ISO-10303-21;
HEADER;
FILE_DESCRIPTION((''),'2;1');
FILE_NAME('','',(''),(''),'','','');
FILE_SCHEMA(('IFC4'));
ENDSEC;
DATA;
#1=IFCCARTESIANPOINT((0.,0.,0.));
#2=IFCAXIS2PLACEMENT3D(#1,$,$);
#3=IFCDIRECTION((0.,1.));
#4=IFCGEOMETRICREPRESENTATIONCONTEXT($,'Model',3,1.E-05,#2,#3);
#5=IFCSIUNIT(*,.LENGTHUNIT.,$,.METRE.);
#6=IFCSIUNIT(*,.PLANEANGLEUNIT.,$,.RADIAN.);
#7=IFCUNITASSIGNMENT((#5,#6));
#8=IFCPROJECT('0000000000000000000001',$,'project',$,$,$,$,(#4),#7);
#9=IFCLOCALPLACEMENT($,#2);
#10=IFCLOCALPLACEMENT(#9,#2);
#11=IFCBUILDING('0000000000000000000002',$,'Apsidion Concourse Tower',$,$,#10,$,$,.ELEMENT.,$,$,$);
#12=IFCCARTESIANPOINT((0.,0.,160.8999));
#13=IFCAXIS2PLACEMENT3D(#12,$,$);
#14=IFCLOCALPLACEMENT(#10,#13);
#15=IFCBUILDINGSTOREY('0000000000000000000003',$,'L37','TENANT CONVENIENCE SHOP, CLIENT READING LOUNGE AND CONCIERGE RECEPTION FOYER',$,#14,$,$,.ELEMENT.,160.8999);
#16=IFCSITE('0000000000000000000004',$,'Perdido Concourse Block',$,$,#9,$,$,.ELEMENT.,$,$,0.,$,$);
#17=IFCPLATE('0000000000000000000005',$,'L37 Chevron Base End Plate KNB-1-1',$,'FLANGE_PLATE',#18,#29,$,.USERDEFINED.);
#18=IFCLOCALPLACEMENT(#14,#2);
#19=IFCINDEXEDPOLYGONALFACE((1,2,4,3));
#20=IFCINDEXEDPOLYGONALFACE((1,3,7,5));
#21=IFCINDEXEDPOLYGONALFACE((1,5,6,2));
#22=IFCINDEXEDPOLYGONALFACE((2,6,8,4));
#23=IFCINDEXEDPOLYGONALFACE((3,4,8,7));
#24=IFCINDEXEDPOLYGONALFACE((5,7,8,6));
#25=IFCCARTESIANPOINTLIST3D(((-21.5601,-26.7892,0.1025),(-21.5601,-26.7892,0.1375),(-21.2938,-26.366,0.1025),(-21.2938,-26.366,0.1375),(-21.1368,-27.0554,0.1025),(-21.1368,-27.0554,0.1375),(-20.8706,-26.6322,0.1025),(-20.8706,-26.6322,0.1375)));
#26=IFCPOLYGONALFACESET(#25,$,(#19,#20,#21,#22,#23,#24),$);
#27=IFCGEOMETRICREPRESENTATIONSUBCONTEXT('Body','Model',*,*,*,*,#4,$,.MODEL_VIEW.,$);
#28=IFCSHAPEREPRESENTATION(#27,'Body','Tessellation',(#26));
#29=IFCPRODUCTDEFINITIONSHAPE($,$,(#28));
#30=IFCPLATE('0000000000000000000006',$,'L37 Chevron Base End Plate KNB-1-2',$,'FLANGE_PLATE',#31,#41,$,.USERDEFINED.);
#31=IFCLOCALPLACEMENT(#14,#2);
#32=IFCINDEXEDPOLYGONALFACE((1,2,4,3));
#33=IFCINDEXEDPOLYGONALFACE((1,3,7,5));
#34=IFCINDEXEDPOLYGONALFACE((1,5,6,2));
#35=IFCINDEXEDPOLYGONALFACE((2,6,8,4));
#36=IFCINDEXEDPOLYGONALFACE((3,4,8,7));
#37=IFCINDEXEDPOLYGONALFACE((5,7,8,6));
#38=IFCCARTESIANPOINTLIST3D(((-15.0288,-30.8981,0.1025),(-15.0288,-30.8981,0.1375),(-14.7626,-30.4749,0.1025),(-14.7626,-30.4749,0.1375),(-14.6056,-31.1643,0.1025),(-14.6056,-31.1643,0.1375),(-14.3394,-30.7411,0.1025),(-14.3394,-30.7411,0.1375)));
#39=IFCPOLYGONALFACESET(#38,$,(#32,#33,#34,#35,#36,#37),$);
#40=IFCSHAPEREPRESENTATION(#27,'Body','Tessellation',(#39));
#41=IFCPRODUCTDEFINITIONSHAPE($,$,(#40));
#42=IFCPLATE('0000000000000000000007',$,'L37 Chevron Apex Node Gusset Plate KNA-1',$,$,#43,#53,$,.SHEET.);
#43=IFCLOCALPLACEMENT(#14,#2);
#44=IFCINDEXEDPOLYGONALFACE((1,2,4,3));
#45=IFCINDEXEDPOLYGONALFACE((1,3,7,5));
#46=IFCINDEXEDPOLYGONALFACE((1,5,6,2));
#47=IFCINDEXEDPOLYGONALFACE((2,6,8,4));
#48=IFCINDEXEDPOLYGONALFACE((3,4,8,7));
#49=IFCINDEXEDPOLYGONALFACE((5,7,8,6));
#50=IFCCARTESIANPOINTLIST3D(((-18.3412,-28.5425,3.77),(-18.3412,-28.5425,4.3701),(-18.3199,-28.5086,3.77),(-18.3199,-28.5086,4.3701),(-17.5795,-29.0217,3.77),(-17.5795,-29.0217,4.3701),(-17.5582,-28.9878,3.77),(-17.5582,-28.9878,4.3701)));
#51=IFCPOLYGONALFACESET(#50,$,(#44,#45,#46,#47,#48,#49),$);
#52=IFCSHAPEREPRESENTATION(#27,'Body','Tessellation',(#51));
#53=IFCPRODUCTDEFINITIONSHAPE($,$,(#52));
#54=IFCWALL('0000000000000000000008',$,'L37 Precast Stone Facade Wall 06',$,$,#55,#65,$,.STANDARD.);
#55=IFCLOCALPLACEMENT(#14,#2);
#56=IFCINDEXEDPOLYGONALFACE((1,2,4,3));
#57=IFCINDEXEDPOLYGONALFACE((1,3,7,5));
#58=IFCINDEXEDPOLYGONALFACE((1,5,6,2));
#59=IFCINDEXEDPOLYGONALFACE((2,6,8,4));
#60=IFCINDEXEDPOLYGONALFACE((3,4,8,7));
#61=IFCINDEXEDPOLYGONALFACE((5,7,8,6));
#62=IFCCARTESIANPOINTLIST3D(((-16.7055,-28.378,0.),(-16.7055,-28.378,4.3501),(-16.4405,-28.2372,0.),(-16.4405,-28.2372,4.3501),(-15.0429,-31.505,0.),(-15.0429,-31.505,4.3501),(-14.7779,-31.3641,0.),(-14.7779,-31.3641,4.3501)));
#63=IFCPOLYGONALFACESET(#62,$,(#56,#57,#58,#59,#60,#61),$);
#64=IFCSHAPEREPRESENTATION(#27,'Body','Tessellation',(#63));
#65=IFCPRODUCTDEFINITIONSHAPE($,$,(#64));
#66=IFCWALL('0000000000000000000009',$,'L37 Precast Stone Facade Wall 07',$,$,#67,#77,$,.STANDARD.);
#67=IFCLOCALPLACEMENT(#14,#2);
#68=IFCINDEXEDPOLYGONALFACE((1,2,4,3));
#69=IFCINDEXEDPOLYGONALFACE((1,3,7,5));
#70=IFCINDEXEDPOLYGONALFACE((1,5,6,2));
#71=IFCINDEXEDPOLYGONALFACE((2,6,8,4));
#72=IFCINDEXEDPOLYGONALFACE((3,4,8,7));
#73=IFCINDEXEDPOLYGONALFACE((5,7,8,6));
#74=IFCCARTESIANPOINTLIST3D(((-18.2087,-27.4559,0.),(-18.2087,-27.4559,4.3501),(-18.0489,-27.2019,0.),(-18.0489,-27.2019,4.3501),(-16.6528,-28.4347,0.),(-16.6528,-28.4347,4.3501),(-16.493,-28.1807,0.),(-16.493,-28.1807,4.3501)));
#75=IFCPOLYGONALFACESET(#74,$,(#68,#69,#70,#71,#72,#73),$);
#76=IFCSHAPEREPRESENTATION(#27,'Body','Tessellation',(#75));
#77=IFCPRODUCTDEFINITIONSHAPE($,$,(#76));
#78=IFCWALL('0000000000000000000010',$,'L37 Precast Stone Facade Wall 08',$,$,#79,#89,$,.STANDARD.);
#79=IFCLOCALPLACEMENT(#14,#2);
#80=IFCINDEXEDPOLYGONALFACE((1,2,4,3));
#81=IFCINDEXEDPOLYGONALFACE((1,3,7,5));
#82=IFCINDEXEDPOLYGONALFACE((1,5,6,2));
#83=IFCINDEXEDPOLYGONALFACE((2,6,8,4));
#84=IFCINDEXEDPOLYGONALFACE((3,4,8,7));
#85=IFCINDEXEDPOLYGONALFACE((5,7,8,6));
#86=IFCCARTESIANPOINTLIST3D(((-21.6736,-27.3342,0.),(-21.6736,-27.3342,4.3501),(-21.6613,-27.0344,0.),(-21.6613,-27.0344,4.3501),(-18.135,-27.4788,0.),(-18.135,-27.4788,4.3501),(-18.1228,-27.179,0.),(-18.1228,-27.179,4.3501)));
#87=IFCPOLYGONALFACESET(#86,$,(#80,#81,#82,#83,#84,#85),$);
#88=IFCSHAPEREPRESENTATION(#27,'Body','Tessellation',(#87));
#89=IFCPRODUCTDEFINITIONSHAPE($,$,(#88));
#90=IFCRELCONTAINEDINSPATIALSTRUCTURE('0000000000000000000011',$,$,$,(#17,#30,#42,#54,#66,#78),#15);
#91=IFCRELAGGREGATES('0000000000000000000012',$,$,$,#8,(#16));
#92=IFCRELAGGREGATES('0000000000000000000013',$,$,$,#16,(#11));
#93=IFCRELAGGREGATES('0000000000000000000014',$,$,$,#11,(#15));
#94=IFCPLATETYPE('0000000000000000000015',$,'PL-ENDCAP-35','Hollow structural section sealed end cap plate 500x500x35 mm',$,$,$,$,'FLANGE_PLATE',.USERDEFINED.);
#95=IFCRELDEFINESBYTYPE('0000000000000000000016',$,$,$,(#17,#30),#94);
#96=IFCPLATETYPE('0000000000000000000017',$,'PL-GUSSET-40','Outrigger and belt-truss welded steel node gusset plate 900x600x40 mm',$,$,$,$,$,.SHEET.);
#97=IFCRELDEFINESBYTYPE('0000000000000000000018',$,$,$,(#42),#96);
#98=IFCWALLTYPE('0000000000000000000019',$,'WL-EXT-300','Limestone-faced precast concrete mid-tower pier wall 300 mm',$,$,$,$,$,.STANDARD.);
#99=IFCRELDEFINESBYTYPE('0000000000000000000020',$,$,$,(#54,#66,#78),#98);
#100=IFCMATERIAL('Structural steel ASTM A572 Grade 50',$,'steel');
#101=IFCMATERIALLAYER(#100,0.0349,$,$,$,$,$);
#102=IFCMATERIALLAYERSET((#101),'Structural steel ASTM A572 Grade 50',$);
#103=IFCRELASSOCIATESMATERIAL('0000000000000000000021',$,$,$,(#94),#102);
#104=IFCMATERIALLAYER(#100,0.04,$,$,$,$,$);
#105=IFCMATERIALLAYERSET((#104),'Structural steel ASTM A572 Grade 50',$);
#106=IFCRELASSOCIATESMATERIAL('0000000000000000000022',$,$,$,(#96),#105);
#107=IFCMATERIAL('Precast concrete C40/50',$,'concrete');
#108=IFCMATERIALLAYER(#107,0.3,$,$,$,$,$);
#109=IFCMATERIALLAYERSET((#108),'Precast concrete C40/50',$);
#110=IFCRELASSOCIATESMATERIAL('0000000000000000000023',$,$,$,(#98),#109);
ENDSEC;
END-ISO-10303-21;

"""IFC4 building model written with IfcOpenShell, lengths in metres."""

from ifc_helpers import new_model, si_unit, direction, frame, frame_2d, origin, origin_2d, place, context, subcontext, project, spatial, rectangle, extrude, material, layer, layer_set, type_object, element, save


model = new_model("IFC4")

# Units and contexts
model_context = context("Model", 3, precision=1e-05, world=origin(), true_north=direction((0.0, 1.0)))
body_context = subcontext(model_context, "Body", "Model", "MODEL_VIEW")
ifc_project = project(units=[si_unit("LENGTHUNIT", "METRE"), si_unit("PLANEANGLEUNIT", "RADIAN")], contexts=[model_context])

# Site, building, storey
site_placement = place(None, origin())
site = spatial("IfcSite", under=ifc_project, at=site_placement, Name="Perdido Concourse Block", CompositionType="ELEMENT", RefElevation=0.0)
building_placement = place(site_placement, origin())
building = spatial("IfcBuilding", under=site, at=building_placement, Name="Apsidion Concourse Tower", CompositionType="ELEMENT")
storey_placement = place(building_placement, frame((0.0, 0.0, 160.8999)))
storey = spatial("IfcBuildingStorey", under=building, at=storey_placement, Name="L37", Description="TENANT CONVENIENCE SHOP, CLIENT READING LOUNGE AND CONCIERGE RECEPTION FOYER", CompositionType="ELEMENT", Elevation=160.8999)

# Plates
ifc_material_1 = material(Name="Structural steel ASTM A572 Grade 50", Category="steel")
ifc_layer_1 = layer(ifc_material_1, 0.0349)
ifc_layer_set_1 = layer_set([ifc_layer_1], Name="Structural steel ASTM A572 Grade 50")
plate_type_1 = type_object("IfcPlateType", Name="PL-ENDCAP-35", Description="Hollow structural section sealed end cap plate 500x500x35 mm", ElementType="FLANGE_PLATE", PredefinedType="USERDEFINED", material=ifc_layer_set_1)
for number, where, z_axis, x_axis, name in (
    (1, (-21.2153, -26.7107, 0.1025), (0.0, 0.0, 1.0), (-0.846472, 0.532433, 0.0), "L37 Chevron Base End Plate KNB-1-1"),
    (2, (-14.6841, -30.8196, 0.1025), (0.0, 0.0, 1.0), (-0.846472, 0.532433, 0.0), "L37 Chevron Base End Plate KNB-1-2"),
):
    element("IfcPlate", number, at=place(storey_placement, frame(where, z_axis=z_axis, x_axis=x_axis)), inside=storey, type_object=plate_type_1, Name=name, ObjectType="FLANGE_PLATE", PredefinedType="USERDEFINED", context=body_context, shape_type="SweptSolid", body=[
        extrude(rectangle(XDim=0.5, YDim=0.5, at=origin_2d()), origin(), (0.0, 0.0, 1.0), 0.0349),
    ])
ifc_layer_2 = layer(ifc_material_1, 0.04)
ifc_layer_set_2 = layer_set([ifc_layer_2], Name="Structural steel ASTM A572 Grade 50")
plate_type_2 = type_object("IfcPlateType", Name="PL-GUSSET-40", Description="Outrigger and belt-truss welded steel node gusset plate 900x600x40 mm", PredefinedType="SHEET", material=ifc_layer_set_2)
plate_placement = place(storey_placement, frame((-17.9497, -28.7651, 3.77), z_axis=(0.0, 0.0, 1.0), x_axis=(-0.846472, 0.532433, 0.0)))
element("IfcPlate", 3, at=plate_placement, inside=storey, type_object=plate_type_2, Name="L37 Chevron Apex Node Gusset Plate KNA-1", PredefinedType="SHEET", context=body_context, shape_type="SweptSolid", body=[
    extrude(rectangle(XDim=0.8999, YDim=0.04, at=origin_2d()), origin(), (0.0, 0.0, 1.0), 0.6001),
])

# Walls
ifc_material_2 = material(Name="Precast concrete C40/50", Category="concrete")
ifc_layer_3 = layer(ifc_material_2, 0.3)
ifc_layer_set_3 = layer_set([ifc_layer_3], Name="Precast concrete C40/50")
wall_type_1 = type_object("IfcWallType", Name="WL-EXT-300", Description="Limestone-faced precast concrete mid-tower pier wall 300 mm", PredefinedType="STANDARD", material=ifc_layer_set_3)
wall_1_placement = place(storey_placement, frame((-14.9104, -31.4346, 0.0), z_axis=(0.0, 0.0, 1.0), x_axis=(-0.469464, 0.882951, 0.0)))
element("IfcWall", 4, at=wall_1_placement, inside=storey, type_object=wall_type_1, Name="L37 Precast Stone Facade Wall 06", PredefinedType="STANDARD", context=body_context, shape_type="SweptSolid", body=[
    extrude(rectangle(XDim=3.5415, YDim=0.3, at=frame_2d((1.7708, 0.0))), origin(), (0.0, 0.0, 1.0), 4.3501),
])
wall_2_placement = place(storey_placement, frame((-16.573, -28.3076, 0.0), z_axis=(0.0, 0.0, 1.0), x_axis=(-0.84645, 0.532468, 0.0)))
element("IfcWall", 5, at=wall_2_placement, inside=storey, type_object=wall_type_1, Name="L37 Precast Stone Facade Wall 07", PredefinedType="STANDARD", context=body_context, shape_type="SweptSolid", body=[
    extrude(rectangle(XDim=1.8381, YDim=0.3, at=frame_2d((0.9189, 0.0))), origin(), (0.0, 0.0, 1.0), 4.3501),
])
wall_3_placement = place(storey_placement, frame((-18.1289, -27.3289, 0.0), z_axis=(0.0, 0.0, 1.0), x_axis=(-0.999167, 0.04081, 0.0)))
element("IfcWall", 6, at=wall_3_placement, inside=storey, type_object=wall_type_1, Name="L37 Precast Stone Facade Wall 08", PredefinedType="STANDARD", context=body_context, shape_type="SweptSolid", body=[
    extrude(rectangle(XDim=3.5415, YDim=0.3, at=frame_2d((1.7708, 0.0))), origin(), (0.0, 0.0, 1.0), 4.3501),
])

save(model, "model.ifc")
